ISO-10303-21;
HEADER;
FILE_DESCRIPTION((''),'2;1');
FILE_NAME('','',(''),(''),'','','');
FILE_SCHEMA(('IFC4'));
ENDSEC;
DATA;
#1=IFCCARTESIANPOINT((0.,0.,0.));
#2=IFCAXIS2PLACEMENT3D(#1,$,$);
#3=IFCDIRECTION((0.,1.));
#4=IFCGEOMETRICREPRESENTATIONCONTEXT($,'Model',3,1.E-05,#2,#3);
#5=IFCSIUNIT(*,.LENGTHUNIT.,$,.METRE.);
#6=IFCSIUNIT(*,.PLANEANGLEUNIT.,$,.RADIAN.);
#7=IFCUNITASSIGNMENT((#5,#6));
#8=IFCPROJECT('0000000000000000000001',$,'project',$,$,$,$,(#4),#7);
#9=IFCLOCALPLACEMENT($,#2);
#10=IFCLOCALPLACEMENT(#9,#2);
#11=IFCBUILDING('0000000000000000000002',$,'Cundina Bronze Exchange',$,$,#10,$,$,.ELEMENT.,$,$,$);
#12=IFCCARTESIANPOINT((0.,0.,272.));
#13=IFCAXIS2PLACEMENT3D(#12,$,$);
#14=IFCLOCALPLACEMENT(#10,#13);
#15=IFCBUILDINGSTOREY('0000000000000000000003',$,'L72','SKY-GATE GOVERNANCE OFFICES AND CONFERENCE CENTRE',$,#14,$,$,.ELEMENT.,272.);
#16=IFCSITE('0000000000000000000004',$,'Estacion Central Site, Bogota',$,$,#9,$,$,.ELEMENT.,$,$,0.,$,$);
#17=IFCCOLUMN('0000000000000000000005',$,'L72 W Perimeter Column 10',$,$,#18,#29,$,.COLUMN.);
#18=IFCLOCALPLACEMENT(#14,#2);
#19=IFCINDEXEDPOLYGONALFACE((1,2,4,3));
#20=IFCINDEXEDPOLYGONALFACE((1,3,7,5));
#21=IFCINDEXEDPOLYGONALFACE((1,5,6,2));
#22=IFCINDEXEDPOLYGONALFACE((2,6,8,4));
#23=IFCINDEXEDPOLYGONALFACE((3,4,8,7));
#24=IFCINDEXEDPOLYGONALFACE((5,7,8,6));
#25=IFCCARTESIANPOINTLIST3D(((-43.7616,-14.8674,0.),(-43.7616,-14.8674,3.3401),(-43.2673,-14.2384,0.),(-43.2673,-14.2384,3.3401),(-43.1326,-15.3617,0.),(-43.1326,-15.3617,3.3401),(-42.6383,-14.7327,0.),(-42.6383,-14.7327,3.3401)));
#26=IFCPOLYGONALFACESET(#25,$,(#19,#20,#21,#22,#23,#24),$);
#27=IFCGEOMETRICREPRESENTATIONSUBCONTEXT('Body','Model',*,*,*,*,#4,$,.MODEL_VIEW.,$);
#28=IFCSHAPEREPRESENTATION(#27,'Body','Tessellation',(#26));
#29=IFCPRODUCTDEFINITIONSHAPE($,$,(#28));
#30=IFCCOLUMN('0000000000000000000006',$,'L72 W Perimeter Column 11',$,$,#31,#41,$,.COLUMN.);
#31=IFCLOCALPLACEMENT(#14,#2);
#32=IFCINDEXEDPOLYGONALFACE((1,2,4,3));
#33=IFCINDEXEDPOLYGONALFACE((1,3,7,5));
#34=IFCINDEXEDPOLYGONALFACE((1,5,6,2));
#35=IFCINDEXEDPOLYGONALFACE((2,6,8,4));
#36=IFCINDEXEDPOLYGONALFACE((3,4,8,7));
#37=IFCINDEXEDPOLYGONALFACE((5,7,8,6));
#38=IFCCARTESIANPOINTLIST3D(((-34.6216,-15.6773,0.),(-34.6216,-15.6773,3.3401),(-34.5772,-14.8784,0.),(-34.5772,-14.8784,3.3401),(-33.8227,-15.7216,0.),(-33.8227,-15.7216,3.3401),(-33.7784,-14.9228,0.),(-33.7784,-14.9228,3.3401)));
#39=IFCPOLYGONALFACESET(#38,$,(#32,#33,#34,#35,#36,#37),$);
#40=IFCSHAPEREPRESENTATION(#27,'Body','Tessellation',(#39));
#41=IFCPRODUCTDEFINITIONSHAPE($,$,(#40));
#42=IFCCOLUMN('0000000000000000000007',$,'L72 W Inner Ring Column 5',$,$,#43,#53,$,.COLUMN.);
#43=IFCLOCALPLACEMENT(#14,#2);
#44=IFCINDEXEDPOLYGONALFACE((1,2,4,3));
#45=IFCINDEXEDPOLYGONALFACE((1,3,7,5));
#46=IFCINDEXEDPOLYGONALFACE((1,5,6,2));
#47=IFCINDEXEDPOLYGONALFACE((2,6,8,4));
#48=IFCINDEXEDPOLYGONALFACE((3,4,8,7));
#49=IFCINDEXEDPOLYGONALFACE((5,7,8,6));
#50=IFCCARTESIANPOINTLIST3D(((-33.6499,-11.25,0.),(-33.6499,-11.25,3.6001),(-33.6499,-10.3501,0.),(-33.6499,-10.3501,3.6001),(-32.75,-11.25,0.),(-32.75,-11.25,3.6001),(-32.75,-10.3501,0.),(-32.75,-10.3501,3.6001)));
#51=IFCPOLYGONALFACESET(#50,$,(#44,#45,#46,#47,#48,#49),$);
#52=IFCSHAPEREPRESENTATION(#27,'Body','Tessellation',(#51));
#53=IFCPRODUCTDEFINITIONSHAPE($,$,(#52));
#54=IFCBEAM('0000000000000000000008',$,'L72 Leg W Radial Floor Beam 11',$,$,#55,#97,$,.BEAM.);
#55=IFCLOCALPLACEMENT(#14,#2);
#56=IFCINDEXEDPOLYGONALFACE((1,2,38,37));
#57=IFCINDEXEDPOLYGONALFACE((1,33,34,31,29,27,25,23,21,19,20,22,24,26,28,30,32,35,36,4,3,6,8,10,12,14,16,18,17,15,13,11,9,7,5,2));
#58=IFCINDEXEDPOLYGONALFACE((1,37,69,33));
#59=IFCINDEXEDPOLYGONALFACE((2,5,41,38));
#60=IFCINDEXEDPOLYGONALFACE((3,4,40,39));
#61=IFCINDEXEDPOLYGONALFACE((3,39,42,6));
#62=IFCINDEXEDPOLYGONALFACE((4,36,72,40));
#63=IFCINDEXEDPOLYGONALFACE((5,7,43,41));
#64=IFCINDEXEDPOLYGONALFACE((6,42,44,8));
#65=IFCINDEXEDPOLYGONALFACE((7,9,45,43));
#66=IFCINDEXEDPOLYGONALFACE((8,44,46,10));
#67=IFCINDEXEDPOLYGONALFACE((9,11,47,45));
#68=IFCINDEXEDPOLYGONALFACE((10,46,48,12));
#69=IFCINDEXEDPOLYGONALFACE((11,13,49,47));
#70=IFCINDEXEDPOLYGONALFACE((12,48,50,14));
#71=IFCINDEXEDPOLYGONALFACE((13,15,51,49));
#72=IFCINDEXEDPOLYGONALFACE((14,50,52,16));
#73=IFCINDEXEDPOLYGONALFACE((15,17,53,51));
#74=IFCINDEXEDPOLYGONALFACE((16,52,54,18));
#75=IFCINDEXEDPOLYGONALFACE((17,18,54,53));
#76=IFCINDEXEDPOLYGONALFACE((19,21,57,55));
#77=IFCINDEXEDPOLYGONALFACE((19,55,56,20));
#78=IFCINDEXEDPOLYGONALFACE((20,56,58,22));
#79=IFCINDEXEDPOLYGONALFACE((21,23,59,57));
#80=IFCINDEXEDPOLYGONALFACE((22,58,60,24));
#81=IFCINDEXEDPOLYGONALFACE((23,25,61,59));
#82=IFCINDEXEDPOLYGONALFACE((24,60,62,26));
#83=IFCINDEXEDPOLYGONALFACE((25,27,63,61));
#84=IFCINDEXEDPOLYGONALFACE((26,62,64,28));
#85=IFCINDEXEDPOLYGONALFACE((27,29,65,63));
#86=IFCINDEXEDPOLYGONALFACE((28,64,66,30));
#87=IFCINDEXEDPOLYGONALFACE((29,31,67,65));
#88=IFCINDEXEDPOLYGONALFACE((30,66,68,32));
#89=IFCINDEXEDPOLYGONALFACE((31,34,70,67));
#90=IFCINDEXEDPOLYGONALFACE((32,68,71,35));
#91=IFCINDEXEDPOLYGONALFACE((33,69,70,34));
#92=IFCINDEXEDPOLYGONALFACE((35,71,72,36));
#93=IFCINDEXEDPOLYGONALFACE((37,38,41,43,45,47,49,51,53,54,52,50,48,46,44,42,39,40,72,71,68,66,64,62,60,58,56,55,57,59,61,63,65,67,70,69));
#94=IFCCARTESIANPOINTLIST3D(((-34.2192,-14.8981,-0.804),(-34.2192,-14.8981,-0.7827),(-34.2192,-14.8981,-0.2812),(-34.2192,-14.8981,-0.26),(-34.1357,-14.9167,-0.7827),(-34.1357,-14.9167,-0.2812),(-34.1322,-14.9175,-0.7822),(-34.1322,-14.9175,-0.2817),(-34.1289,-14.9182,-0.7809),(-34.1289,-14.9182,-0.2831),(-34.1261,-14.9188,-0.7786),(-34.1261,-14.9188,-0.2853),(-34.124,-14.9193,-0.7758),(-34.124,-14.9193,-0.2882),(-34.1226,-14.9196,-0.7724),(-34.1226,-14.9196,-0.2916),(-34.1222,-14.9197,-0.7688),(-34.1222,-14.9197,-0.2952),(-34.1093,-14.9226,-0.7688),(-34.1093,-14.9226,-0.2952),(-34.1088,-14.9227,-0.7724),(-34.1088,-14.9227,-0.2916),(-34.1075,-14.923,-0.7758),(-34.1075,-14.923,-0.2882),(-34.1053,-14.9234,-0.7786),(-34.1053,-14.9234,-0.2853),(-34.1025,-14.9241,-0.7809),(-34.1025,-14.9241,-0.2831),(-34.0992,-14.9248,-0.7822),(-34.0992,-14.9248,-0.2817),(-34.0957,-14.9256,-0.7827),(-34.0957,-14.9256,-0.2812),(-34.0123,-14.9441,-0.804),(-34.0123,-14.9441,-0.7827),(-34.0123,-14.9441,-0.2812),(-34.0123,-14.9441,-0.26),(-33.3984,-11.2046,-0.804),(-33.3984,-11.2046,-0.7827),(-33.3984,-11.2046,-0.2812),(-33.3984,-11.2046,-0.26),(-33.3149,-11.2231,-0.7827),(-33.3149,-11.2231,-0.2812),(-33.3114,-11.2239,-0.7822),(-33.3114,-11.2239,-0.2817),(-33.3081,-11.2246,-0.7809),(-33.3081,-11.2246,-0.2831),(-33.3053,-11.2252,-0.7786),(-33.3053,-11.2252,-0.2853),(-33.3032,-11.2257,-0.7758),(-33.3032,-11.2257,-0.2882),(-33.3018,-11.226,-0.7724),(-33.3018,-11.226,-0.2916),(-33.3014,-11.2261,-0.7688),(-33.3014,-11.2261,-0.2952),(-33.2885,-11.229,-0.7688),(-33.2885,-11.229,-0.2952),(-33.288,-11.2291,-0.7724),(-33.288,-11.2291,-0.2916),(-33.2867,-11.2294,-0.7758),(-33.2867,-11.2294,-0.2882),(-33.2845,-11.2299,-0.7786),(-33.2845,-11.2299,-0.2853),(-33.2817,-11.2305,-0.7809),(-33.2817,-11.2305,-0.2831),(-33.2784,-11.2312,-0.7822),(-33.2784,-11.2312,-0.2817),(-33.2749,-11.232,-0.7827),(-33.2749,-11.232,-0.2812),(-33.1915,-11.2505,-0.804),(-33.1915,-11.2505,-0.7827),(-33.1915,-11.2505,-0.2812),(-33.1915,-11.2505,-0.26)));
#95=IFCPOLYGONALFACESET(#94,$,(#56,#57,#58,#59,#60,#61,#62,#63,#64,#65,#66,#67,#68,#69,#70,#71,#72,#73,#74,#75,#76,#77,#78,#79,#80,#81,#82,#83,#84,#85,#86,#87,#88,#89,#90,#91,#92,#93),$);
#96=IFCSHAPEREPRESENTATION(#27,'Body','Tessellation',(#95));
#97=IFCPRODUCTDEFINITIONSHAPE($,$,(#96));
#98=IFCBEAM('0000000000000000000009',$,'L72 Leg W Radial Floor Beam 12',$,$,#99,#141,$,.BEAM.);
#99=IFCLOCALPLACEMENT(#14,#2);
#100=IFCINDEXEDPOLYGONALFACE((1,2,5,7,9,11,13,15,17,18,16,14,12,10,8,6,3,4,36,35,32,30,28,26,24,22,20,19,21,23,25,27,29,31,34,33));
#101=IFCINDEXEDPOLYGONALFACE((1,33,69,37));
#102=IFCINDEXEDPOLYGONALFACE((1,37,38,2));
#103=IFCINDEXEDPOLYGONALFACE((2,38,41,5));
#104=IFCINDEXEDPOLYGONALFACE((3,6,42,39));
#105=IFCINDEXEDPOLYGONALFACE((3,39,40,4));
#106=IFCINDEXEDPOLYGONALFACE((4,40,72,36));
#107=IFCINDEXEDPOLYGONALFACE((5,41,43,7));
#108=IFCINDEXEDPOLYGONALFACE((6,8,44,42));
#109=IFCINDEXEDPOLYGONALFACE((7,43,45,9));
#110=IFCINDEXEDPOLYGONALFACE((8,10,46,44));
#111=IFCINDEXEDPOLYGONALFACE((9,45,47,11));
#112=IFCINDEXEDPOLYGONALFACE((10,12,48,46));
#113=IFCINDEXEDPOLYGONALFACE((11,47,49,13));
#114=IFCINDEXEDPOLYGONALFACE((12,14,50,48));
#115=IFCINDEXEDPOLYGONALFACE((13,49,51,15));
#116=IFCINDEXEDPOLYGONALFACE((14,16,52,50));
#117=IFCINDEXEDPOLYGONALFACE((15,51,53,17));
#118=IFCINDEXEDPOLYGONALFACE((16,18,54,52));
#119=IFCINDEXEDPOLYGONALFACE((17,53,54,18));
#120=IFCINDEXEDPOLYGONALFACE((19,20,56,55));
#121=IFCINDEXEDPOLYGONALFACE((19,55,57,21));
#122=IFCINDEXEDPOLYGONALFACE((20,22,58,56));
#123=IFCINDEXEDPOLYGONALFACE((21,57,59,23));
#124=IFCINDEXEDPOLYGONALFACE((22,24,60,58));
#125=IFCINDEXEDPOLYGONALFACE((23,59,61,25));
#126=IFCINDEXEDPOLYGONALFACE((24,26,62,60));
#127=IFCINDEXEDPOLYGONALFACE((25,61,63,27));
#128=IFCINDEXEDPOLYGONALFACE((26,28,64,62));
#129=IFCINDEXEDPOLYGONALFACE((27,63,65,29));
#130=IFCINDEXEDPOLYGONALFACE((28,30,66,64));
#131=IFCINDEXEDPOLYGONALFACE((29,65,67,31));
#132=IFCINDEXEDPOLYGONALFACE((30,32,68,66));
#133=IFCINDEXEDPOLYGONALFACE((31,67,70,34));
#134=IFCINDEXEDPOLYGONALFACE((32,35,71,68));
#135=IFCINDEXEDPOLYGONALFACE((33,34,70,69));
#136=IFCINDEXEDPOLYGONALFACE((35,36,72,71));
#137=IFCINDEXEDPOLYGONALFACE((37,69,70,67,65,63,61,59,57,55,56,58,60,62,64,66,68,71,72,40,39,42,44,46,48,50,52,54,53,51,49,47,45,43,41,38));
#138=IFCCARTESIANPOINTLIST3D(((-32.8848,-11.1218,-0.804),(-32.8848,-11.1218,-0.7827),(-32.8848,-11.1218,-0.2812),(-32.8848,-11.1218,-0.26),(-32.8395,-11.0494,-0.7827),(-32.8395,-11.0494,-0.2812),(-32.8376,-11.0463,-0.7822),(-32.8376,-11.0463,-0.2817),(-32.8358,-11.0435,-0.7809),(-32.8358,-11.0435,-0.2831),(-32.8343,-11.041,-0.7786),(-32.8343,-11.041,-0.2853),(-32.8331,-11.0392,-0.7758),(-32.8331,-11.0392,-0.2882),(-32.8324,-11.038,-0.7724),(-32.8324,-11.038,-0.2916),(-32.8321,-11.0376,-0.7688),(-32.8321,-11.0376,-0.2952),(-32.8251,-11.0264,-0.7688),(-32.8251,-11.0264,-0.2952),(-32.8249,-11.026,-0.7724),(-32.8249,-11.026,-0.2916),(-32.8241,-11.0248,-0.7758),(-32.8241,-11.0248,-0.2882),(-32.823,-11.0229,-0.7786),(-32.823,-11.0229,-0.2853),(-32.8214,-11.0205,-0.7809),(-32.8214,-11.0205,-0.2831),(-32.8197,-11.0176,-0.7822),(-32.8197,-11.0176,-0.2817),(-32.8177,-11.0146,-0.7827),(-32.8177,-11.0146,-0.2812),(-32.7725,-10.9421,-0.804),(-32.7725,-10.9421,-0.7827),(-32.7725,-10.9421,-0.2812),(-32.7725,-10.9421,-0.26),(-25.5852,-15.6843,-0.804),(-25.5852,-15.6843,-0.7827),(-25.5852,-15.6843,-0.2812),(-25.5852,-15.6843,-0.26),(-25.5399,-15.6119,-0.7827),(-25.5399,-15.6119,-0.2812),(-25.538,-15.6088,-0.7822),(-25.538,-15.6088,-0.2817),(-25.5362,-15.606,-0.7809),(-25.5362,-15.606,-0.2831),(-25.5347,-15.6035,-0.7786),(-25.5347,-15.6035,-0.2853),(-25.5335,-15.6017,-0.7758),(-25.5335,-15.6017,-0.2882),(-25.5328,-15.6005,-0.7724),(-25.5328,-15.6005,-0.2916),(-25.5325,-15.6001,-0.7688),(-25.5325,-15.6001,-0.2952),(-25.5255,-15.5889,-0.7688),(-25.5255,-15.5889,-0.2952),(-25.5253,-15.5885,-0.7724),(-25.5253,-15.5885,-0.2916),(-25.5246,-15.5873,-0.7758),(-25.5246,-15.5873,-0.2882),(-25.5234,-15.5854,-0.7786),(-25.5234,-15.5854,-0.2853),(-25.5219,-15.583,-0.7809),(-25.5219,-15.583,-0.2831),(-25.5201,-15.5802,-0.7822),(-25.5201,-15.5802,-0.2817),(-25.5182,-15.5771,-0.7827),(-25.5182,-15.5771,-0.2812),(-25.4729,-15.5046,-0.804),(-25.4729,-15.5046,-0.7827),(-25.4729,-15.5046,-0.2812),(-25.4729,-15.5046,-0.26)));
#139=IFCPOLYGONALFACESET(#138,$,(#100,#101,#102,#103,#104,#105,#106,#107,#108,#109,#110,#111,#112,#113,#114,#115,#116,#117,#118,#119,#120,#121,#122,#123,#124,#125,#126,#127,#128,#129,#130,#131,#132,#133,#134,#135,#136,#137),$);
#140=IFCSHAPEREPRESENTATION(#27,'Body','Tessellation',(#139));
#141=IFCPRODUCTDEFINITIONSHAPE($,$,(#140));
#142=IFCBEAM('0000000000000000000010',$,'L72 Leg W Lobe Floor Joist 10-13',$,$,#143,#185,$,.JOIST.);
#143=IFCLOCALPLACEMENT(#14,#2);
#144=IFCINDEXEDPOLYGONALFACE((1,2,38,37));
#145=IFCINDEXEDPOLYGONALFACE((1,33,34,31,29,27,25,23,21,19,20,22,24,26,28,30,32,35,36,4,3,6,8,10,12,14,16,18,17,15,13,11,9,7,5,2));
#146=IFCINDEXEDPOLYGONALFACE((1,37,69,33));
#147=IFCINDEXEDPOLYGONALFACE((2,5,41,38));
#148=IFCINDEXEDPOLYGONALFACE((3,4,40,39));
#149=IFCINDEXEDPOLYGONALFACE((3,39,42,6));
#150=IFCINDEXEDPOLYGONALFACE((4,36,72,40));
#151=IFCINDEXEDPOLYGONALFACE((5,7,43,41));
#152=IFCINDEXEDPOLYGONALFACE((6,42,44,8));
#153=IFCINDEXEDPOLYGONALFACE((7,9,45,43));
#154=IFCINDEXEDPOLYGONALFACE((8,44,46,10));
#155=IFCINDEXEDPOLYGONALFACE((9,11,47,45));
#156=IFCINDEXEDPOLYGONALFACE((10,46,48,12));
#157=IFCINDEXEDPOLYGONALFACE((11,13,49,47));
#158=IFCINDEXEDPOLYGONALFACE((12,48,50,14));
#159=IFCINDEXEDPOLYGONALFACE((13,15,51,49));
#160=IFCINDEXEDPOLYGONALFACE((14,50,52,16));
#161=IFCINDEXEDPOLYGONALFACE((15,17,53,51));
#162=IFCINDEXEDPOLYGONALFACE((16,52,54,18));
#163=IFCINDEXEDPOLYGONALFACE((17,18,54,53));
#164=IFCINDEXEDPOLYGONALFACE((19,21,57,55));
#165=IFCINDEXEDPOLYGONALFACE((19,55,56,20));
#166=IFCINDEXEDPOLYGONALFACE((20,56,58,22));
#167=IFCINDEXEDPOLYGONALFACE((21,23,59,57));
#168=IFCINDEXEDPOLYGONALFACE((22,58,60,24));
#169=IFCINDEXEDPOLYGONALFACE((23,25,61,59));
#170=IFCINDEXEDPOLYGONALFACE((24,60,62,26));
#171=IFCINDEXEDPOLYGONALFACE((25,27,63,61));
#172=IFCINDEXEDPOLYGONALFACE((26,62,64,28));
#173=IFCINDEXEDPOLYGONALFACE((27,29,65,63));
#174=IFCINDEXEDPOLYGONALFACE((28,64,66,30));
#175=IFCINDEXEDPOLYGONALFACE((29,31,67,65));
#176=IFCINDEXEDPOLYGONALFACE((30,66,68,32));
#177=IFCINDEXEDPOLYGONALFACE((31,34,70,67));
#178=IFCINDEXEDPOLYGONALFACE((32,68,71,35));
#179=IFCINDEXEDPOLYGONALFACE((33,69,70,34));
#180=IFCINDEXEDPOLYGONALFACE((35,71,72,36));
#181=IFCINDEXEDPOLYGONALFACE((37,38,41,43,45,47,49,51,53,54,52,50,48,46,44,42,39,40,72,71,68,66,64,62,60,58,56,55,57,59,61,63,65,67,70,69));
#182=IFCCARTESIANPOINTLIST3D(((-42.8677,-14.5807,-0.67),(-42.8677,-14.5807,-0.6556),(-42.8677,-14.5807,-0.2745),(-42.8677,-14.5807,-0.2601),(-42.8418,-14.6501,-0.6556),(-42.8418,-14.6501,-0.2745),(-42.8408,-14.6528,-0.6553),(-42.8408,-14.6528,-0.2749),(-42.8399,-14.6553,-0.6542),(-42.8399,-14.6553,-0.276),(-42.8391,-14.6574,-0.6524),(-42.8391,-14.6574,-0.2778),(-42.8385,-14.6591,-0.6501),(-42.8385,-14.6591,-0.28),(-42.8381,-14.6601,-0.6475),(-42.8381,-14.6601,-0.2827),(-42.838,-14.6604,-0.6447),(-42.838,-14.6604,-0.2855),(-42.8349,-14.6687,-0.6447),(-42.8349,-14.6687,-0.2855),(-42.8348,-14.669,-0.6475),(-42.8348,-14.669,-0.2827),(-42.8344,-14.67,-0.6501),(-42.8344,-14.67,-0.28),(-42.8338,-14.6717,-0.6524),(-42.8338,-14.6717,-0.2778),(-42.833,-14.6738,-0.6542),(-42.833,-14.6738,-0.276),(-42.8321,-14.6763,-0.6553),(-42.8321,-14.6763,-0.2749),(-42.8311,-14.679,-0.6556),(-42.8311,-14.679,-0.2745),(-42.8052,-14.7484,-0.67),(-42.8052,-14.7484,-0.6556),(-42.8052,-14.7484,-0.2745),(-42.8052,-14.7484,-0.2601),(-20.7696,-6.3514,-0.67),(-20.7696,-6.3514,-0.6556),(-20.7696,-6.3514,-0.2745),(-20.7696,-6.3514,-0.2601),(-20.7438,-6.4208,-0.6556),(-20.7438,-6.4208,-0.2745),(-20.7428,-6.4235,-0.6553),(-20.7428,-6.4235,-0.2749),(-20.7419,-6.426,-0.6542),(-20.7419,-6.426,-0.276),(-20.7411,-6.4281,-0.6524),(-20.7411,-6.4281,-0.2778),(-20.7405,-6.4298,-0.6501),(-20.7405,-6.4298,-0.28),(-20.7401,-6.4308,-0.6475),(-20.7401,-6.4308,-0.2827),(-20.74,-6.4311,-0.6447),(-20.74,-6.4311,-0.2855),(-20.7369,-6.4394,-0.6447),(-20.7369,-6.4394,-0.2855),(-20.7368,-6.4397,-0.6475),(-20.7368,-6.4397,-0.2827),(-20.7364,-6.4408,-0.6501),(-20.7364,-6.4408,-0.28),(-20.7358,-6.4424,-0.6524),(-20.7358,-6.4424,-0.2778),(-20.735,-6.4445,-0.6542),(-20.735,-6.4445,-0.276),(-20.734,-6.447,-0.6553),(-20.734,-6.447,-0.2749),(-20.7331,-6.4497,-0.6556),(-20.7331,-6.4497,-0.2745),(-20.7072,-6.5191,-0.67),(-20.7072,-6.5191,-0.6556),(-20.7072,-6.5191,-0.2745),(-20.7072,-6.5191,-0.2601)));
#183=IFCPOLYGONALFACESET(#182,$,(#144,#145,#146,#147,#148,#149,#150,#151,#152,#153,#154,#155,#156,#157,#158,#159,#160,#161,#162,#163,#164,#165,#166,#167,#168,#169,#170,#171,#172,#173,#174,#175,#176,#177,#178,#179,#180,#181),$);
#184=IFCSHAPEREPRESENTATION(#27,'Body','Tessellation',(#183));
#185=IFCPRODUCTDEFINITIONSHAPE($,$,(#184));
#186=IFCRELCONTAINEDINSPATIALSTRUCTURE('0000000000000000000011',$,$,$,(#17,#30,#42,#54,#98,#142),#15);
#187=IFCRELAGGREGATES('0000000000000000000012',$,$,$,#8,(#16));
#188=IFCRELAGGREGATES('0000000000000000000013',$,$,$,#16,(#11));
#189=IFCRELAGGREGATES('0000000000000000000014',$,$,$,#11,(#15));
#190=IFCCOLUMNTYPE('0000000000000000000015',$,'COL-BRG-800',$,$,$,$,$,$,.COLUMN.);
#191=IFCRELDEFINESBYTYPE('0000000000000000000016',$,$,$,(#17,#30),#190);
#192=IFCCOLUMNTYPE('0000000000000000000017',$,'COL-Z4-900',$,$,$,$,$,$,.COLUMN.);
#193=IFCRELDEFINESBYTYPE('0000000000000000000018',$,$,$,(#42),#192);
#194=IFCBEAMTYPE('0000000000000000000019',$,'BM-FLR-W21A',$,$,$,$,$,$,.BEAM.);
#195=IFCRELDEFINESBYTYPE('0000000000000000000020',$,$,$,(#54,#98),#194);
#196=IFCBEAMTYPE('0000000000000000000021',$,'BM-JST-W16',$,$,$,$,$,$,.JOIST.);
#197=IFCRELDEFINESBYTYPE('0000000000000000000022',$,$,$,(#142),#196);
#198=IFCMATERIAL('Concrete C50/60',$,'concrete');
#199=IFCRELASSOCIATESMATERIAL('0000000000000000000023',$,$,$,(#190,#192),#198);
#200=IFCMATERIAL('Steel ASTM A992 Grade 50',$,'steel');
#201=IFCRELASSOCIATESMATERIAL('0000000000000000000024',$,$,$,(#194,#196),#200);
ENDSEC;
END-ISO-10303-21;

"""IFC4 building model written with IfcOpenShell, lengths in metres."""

from ifc_helpers import new_model, si_unit, direction, frame, origin, origin_2d, place, context, subcontext, project, spatial, rectangle, i_section, extrude, material, material_profile, profile_set, type_object, element, save


model = new_model("IFC4")

# Units and contexts
model_context = context("Model", 3, precision=1e-05, world=origin(), true_north=direction((0.0, 1.0)))
body_context = subcontext(model_context, "Body", "Model", "MODEL_VIEW")
ifc_project = project(units=[si_unit("LENGTHUNIT", "METRE"), si_unit("PLANEANGLEUNIT", "RADIAN")], contexts=[model_context])

# Site, building, storey
site_placement = place(None, origin())
site = spatial("IfcSite", under=ifc_project, at=site_placement, Name="Estacion Central Site, Bogota", CompositionType="ELEMENT", RefElevation=0.0)
building_placement = place(site_placement, origin())
building = spatial("IfcBuilding", under=site, at=building_placement, Name="Cundina Bronze Exchange", CompositionType="ELEMENT")
storey_placement = place(building_placement, frame((0.0, 0.0, 272.0)))
storey = spatial("IfcBuildingStorey", under=building, at=storey_placement, Name="L72", Description="SKY-GATE GOVERNANCE OFFICES AND CONFERENCE CENTRE", CompositionType="ELEMENT", Elevation=272.0)

# Columns
ifc_material_1 = material(Name="Concrete C50/60", Category="concrete")
ifc_material_profile_1 = material_profile(ifc_material_1, rectangle(XDim=0.8, YDim=0.8, at=origin_2d()), Name="RC800X800", Category="concrete")
ifc_profile_set_1 = profile_set([ifc_material_profile_1], Name="Concrete C50/60")
column_type_1 = type_object("IfcColumnType", Name="COL-BRG-800", PredefinedType="COLUMN", material=ifc_profile_set_1)
for number, where, z_axis, x_axis, name in (
    (1, (-43.2, -14.8, 0.0), (0.0, 0.0, 1.0), (0.786288, -0.61786, 0.0), "L72 W Perimeter Column 10"),
    (2, (-34.2, -15.3, 0.0), (0.0, 0.0, 1.0), (0.99846, -0.055473, 0.0), "L72 W Perimeter Column 11"),
):
    element("IfcColumn", number, at=place(storey_placement, frame(where, z_axis=z_axis, x_axis=x_axis)), inside=storey, type_object=column_type_1, Name=name, PredefinedType="COLUMN", context=body_context, shape_type="SweptSolid", body=[
        extrude(rectangle(XDim=0.8, YDim=0.8, at=origin_2d()), origin(), (0.0, 0.0, 1.0), 3.3401),
    ])
ifc_material_profile_2 = material_profile(ifc_material_1, rectangle(XDim=0.8999, YDim=0.8999, at=origin_2d()), Name="RC900X900", Category="concrete")
ifc_profile_set_2 = profile_set([ifc_material_profile_2], Name="Concrete C50/60")
column_type_2 = type_object("IfcColumnType", Name="COL-Z4-900", PredefinedType="COLUMN", material=ifc_profile_set_2)
column_placement = place(storey_placement, frame((-33.2, -10.8, 0.0), z_axis=(0.0, 0.0, 1.0), x_axis=(1.0, 0.0, 0.0)))
element("IfcColumn", 3, at=column_placement, inside=storey, type_object=column_type_2, Name="L72 W Inner Ring Column 5", PredefinedType="COLUMN", context=body_context, shape_type="SweptSolid", body=[
    extrude(rectangle(XDim=0.8999, YDim=0.8999, at=origin_2d()), origin(), (0.0, 0.0, 1.0), 3.6001),
])

# Beams
ifc_material_2 = material(Name="Steel ASTM A992 Grade 50", Category="steel")
ifc_material_profile_3 = material_profile(ifc_material_2, i_section(OverallWidth=0.2119, OverallDepth=0.5439, WebThickness=0.0132, FlangeThickness=0.0212, FilletRadius=0.0139, at=origin_2d()), Name="W21X83", Category="steel")
ifc_profile_set_3 = profile_set([ifc_material_profile_3], Name="Steel ASTM A992 Grade 50")
beam_type_1 = type_object("IfcBeamType", Name="BM-FLR-W21A", PredefinedType="BEAM", material=ifc_profile_set_3)
beam_1_placement = place(storey_placement, frame((-33.2949, -11.2275, -0.532), z_axis=(-0.21693, -0.976187, 0.0), x_axis=(0.976187, -0.21693, 0.0)))
element("IfcBeam", 4, at=beam_1_placement, inside=storey, type_object=beam_type_1, Name="L72 Leg W Radial Floor Beam 11", PredefinedType="BEAM", context=body_context, shape_type="SweptSolid", body=[
    extrude(i_section(OverallWidth=0.2119, OverallDepth=0.5439, WebThickness=0.0132, FlangeThickness=0.0212, FilletRadius=0.0139, at=origin_2d()), origin(), (0.0, 0.0, 1.0), 3.7837),
])
beam_2_placement = place(storey_placement, frame((-32.8286, -11.032, -0.532), z_axis=(0.847984, -0.530022, 0.0), x_axis=(0.530022, 0.847984, 0.0)))
element("IfcBeam", 5, at=beam_2_placement, inside=storey, type_object=beam_type_1, Name="L72 Leg W Radial Floor Beam 12", PredefinedType="BEAM", context=body_context, shape_type="SweptSolid", body=[
    extrude(i_section(OverallWidth=0.2119, OverallDepth=0.5439, WebThickness=0.0132, FlangeThickness=0.0212, FilletRadius=0.0139, at=origin_2d()), origin(), (0.0, 0.0, 1.0), 8.6082),
])
ifc_material_profile_4 = material_profile(ifc_material_2, i_section(OverallWidth=0.179, OverallDepth=0.4099, WebThickness=0.0088, FlangeThickness=0.0144, FilletRadius=0.011, at=origin_2d()), Name="W16X45", Category="steel")
ifc_profile_set_4 = profile_set([ifc_material_profile_4], Name="Steel ASTM A992 Grade 50")
beam_type_2 = type_object("IfcBeamType", Name="BM-JST-W16", PredefinedType="JOIST", material=ifc_profile_set_4)
beam_3_placement = place(storey_placement, frame((-42.8364, -14.6646, -0.4651), z_axis=(0.937128, 0.348986, 0.0), x_axis=(-0.348986, 0.937128, 0.0)))
element("IfcBeam", 6, at=beam_3_placement, inside=storey, type_object=beam_type_2, Name="L72 Leg W Lobe Floor Joist 10-13", PredefinedType="JOIST", context=body_context, shape_type="SweptSolid", body=[
    extrude(i_section(OverallWidth=0.179, OverallDepth=0.4099, WebThickness=0.0088, FlangeThickness=0.0144, FilletRadius=0.011, at=origin_2d()), origin(), (0.0, 0.0, 1.0), 23.5806),
])

save(model, "model.ifc")
